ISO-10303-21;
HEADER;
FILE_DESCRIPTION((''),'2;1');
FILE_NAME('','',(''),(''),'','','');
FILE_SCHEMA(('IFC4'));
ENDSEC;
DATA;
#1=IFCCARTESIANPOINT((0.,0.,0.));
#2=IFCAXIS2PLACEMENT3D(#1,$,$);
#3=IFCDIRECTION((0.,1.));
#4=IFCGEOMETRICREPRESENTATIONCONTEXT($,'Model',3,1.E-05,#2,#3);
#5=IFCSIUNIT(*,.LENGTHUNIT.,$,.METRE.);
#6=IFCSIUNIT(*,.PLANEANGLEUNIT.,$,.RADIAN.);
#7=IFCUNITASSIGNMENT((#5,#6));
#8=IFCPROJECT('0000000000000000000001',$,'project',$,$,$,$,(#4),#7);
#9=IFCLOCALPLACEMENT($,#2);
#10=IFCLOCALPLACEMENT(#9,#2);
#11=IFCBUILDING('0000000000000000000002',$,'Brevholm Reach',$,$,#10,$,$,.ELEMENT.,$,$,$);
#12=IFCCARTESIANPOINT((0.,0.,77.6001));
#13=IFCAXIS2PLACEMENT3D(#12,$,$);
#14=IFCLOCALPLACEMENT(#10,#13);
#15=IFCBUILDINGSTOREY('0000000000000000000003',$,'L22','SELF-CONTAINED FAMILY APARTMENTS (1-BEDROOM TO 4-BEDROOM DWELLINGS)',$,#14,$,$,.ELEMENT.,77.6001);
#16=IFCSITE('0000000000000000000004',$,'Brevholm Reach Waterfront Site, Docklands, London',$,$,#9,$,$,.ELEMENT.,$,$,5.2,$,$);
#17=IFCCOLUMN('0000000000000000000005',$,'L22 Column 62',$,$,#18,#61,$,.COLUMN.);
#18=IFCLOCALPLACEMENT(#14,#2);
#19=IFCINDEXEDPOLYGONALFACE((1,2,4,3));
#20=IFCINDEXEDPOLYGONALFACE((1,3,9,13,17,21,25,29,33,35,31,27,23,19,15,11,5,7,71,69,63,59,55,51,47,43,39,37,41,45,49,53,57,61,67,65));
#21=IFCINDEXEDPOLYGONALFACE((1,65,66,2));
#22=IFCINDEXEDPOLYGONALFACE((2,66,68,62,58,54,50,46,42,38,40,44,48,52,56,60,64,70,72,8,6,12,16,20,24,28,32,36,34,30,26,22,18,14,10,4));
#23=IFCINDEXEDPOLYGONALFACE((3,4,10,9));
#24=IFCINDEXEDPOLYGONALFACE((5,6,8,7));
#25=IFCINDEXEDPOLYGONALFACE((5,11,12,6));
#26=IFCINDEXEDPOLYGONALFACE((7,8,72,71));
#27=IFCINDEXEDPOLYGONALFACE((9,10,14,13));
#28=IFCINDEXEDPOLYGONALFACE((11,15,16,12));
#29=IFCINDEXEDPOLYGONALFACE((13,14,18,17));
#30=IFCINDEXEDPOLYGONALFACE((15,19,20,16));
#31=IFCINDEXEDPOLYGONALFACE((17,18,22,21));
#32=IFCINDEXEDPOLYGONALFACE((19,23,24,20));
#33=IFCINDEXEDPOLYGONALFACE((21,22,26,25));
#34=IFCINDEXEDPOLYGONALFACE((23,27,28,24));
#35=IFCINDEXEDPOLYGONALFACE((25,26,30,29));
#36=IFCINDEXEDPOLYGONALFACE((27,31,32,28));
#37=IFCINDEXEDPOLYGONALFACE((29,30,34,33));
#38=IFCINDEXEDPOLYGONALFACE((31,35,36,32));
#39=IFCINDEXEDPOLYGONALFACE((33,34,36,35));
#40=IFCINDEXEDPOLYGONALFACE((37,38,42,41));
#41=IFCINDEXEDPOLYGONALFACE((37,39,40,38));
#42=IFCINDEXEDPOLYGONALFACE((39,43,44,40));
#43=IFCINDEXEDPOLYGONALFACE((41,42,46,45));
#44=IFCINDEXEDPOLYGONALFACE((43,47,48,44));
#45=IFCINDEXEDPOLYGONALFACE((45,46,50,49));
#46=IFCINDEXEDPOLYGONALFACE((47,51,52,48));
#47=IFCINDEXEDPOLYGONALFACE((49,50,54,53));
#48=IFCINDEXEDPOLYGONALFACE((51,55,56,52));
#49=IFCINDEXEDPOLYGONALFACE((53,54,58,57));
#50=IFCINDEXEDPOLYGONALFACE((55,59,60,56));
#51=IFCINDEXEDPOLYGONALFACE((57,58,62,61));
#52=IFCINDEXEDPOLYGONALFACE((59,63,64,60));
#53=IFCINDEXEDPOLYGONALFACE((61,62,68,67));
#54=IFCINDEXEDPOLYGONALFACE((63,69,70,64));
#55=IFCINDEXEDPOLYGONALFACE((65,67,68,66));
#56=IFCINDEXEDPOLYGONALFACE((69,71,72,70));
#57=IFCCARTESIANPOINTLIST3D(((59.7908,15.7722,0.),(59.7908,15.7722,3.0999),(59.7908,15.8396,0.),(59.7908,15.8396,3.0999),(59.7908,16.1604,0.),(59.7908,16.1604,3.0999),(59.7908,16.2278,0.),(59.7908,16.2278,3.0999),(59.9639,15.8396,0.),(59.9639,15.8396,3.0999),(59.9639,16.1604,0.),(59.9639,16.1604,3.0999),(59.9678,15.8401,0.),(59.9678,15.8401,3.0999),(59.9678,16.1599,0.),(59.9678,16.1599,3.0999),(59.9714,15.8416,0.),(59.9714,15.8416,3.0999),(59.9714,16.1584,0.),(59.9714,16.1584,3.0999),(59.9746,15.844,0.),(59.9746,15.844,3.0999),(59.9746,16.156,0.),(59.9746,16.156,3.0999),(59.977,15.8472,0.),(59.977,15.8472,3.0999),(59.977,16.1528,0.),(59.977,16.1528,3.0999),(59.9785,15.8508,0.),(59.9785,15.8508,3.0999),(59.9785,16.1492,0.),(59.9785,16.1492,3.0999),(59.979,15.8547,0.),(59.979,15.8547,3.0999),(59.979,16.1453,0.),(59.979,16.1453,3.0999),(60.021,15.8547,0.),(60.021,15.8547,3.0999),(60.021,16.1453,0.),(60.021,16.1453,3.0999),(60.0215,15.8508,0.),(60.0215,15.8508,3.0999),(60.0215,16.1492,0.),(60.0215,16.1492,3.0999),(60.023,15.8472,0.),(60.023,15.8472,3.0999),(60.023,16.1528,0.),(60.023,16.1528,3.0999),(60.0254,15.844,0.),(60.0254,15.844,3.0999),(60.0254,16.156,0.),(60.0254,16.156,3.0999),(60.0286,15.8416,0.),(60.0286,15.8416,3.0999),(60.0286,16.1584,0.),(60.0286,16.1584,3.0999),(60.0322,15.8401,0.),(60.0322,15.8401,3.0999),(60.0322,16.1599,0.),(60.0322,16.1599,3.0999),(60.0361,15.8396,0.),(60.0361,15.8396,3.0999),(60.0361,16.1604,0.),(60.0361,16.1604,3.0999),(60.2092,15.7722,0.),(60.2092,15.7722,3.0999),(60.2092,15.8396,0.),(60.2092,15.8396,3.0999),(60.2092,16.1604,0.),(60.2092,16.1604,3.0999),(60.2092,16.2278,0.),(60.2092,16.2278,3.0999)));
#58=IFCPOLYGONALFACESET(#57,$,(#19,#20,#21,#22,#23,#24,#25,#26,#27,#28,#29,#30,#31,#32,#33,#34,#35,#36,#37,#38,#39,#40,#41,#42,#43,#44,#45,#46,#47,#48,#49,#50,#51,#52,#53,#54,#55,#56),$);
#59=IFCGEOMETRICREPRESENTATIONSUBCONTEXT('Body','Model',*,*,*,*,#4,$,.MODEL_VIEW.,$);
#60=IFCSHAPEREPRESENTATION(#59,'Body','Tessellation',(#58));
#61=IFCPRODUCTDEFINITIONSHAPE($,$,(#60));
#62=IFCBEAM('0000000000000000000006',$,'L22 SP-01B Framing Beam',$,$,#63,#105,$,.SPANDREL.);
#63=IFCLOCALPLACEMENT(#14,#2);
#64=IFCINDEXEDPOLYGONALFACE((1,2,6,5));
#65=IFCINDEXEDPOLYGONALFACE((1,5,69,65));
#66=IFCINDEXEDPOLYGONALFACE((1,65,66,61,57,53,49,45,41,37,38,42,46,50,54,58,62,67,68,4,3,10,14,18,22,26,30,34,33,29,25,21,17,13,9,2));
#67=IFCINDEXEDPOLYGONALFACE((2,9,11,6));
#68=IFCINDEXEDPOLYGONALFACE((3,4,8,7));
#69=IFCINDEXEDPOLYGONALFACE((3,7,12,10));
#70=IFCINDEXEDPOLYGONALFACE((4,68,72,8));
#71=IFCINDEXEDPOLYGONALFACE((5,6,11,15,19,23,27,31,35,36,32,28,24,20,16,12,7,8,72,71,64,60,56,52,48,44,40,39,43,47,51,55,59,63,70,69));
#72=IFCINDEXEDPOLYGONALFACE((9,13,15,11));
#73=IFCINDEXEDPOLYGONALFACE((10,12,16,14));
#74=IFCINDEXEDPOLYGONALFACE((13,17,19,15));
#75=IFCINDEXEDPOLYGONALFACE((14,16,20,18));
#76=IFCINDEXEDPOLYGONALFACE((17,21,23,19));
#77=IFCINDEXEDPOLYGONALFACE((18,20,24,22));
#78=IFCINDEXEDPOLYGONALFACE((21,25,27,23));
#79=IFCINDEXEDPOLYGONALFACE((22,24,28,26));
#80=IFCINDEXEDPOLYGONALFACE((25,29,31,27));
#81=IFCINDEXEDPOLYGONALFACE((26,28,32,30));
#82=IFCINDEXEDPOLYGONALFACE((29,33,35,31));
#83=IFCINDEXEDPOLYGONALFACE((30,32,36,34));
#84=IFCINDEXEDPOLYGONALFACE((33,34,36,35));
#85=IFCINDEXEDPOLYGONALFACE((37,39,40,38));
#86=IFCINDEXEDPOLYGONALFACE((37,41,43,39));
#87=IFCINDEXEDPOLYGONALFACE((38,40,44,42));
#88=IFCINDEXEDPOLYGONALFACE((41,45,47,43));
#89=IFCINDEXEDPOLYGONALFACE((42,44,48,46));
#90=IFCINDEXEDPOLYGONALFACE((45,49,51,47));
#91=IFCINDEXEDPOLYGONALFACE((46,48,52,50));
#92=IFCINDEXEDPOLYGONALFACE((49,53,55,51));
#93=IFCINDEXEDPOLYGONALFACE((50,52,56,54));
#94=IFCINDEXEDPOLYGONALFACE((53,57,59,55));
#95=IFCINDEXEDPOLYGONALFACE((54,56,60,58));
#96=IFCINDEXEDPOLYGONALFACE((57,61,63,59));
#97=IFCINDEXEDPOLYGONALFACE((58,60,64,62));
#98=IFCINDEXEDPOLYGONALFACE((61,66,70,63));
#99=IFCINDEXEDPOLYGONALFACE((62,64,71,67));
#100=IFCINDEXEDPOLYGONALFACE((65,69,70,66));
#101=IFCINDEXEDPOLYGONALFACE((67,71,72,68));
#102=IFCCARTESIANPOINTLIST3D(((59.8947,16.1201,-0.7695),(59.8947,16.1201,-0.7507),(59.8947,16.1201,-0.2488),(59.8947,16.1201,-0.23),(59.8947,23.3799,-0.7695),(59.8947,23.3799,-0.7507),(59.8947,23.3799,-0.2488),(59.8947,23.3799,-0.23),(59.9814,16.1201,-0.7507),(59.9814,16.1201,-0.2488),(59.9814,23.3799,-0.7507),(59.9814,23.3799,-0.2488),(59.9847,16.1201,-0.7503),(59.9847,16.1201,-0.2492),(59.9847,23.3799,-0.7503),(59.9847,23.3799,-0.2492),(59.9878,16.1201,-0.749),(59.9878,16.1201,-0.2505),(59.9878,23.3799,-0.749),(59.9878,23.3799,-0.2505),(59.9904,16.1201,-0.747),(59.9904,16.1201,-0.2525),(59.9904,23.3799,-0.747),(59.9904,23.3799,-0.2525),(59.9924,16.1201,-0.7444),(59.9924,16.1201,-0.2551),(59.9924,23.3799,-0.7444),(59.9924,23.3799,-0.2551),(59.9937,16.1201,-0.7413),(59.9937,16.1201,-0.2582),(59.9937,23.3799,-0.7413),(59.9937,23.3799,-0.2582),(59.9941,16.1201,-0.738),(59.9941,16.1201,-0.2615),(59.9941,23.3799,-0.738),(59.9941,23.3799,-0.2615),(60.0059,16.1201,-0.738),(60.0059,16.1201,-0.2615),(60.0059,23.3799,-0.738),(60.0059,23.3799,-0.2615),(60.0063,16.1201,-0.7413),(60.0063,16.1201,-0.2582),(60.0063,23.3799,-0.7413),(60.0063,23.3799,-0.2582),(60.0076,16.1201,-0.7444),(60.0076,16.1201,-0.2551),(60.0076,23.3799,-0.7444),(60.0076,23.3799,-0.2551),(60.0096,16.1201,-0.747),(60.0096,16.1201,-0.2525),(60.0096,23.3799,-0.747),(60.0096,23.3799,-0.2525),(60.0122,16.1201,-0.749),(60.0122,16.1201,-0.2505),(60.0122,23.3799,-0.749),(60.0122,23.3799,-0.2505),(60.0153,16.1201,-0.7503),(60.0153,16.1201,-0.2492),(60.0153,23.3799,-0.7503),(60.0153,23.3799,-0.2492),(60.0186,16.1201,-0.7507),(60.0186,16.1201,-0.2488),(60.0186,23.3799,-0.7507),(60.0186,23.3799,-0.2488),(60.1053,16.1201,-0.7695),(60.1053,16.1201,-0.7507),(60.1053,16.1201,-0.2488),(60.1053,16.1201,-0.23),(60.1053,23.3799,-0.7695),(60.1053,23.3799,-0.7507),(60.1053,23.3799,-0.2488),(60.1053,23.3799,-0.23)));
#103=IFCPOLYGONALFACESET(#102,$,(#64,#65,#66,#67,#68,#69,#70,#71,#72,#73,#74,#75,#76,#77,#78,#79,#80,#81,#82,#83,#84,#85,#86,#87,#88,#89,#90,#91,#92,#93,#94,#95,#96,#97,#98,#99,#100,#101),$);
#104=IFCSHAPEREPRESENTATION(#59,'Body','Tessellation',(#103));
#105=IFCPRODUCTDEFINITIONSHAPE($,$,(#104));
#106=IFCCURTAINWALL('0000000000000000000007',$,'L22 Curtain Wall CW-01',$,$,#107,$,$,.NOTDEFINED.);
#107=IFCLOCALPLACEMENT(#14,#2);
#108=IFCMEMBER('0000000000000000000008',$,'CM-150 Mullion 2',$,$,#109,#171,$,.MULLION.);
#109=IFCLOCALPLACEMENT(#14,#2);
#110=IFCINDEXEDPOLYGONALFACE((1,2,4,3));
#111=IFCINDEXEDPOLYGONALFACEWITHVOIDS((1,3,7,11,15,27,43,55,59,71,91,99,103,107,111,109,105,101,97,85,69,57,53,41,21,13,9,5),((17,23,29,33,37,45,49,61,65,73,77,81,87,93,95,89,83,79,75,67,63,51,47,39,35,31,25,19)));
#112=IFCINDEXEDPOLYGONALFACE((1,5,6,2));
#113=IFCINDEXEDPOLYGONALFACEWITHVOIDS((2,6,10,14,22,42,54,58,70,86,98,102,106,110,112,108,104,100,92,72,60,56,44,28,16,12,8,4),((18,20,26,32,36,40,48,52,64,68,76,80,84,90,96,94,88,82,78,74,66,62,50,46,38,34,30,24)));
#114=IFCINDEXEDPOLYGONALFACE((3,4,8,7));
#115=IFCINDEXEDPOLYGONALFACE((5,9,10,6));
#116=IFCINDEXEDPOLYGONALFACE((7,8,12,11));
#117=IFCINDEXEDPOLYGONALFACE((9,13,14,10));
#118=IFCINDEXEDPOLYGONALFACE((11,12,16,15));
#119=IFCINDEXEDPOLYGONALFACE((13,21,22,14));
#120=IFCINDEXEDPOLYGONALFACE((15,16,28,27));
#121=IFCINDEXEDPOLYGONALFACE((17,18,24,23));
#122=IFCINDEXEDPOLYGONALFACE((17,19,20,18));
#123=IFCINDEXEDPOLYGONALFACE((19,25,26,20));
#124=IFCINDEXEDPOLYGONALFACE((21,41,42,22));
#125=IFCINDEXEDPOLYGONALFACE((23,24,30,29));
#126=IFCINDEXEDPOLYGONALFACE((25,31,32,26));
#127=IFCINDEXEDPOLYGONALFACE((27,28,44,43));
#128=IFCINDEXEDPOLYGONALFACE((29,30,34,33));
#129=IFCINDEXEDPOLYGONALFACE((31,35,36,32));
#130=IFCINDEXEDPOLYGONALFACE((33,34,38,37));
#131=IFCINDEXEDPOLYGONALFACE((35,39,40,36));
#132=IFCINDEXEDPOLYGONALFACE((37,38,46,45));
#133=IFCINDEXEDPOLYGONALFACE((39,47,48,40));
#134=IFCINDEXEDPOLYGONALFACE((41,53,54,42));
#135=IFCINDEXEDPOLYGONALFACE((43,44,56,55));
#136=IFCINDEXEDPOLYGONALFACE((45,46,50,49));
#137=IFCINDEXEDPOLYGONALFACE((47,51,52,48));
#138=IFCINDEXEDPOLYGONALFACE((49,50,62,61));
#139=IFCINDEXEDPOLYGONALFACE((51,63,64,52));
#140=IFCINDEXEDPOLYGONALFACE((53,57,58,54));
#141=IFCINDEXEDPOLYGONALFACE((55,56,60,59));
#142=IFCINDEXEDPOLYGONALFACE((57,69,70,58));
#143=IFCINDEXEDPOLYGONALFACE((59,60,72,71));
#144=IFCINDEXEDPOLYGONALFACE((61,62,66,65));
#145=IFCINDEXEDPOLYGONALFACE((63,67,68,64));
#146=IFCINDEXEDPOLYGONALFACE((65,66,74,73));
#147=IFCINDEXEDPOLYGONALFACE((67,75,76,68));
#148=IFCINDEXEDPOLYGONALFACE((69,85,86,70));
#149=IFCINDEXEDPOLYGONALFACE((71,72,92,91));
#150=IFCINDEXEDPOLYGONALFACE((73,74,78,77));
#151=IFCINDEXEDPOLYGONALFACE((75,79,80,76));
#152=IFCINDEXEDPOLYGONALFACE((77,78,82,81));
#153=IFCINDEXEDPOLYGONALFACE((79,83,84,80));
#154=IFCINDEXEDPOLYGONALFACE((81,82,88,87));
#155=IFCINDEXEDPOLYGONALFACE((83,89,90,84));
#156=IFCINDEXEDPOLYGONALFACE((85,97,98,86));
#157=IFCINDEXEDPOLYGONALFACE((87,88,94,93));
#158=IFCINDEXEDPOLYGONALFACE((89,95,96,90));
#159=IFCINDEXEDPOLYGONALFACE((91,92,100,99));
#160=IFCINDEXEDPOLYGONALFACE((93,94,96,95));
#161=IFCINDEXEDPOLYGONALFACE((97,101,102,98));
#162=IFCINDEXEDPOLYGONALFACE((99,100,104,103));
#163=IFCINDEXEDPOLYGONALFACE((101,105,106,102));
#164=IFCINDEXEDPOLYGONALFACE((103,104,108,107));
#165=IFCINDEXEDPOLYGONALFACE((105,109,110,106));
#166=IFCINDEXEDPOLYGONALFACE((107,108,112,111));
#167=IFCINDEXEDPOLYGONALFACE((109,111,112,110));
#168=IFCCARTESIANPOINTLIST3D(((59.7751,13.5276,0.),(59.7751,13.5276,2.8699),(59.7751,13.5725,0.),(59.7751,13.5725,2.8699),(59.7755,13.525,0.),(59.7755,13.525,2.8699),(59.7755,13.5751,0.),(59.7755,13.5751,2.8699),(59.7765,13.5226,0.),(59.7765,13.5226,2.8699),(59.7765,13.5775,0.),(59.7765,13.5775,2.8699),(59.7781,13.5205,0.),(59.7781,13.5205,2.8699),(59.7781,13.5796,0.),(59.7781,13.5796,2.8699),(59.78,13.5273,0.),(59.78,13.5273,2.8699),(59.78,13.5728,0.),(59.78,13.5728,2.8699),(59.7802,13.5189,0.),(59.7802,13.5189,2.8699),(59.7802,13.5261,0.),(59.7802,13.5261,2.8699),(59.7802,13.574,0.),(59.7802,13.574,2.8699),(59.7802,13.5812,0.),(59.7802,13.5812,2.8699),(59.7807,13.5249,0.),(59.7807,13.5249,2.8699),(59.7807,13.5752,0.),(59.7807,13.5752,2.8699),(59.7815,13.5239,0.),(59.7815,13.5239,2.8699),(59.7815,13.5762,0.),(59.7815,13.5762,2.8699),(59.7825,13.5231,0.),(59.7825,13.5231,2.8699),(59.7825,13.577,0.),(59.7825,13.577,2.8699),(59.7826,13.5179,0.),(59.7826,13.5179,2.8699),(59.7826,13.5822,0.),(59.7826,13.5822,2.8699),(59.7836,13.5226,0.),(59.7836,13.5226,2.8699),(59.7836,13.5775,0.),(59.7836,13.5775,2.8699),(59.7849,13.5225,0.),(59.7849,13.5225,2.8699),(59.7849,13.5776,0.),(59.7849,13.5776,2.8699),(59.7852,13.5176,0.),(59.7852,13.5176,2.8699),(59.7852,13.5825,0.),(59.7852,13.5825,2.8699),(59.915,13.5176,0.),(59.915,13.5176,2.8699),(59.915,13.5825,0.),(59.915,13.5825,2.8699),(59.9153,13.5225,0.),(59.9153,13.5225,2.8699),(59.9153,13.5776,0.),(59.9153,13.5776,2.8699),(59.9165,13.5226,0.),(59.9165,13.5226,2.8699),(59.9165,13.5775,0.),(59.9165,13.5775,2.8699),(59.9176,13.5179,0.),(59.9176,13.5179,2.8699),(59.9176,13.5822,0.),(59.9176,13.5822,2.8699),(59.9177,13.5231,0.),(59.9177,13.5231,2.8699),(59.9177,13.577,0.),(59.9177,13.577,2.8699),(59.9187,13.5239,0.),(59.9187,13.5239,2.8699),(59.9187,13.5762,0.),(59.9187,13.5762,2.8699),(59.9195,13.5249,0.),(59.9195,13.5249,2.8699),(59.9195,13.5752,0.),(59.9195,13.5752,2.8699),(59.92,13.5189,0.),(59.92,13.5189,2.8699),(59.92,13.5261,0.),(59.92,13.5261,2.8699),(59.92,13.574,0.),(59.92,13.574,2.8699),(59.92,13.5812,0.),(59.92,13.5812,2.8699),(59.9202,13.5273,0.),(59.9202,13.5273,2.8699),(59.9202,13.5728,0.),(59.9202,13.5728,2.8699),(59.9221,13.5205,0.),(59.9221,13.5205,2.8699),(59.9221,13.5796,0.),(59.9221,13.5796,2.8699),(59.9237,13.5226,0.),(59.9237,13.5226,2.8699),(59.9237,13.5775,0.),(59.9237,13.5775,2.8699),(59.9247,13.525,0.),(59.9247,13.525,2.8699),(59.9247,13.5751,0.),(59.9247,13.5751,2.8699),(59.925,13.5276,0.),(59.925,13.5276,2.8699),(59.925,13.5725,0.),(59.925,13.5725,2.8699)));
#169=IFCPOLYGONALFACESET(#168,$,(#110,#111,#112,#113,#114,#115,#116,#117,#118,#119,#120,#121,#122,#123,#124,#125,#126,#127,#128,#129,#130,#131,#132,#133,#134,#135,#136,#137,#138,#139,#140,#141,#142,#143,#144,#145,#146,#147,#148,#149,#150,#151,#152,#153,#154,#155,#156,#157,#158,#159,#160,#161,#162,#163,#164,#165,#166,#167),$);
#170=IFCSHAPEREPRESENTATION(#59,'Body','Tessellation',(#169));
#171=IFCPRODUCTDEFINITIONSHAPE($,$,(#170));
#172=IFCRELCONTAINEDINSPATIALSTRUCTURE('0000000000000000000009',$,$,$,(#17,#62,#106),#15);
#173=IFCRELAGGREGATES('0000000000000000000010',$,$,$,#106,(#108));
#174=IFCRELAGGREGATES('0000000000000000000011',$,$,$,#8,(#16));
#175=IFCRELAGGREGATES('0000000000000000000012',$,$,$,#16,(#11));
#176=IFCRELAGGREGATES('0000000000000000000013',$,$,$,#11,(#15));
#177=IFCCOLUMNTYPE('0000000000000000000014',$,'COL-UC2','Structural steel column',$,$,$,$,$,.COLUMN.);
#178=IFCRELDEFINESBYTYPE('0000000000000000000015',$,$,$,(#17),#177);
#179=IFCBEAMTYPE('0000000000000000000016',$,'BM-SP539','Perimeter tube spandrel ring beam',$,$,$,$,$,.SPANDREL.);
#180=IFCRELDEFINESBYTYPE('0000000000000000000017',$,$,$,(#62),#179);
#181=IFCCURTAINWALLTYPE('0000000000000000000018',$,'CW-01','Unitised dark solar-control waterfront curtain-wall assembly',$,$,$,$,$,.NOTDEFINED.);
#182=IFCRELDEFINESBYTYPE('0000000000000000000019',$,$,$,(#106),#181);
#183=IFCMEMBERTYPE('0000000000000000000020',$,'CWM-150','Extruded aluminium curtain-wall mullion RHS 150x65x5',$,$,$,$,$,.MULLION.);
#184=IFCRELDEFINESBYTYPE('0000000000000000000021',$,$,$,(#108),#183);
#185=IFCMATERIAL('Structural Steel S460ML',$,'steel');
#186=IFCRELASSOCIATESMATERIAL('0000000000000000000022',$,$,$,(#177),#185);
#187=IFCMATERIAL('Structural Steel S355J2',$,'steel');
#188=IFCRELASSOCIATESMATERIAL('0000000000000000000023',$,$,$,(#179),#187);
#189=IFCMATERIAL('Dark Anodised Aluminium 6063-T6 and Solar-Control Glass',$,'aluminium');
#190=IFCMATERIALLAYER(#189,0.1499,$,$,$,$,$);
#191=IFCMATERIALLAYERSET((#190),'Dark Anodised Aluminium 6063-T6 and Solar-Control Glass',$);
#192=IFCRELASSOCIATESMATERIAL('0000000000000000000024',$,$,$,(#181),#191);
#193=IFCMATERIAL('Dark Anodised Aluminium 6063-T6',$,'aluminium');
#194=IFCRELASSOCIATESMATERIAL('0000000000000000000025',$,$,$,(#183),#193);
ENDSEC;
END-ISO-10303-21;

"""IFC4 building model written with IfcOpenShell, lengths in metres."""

from ifc_helpers import new_model, si_unit, direction, frame, origin, origin_2d, place, context, subcontext, project, spatial, hollow_rectangle, i_section, extrude, material, layer, layer_set, material_profile, profile_set, type_object, element, aggregate, save


model = new_model("IFC4")

# Units and contexts
model_context = context("Model", 3, precision=1e-05, world=origin(), true_north=direction((0.0, 1.0)))
body_context = subcontext(model_context, "Body", "Model", "MODEL_VIEW")
ifc_project = project(units=[si_unit("LENGTHUNIT", "METRE"), si_unit("PLANEANGLEUNIT", "RADIAN")], contexts=[model_context])

# Site, building, storey
site_placement = place(None, origin())
site = spatial("IfcSite", under=ifc_project, at=site_placement, Name="Brevholm Reach Waterfront Site, Docklands, London", CompositionType="ELEMENT", RefElevation=5.2)
building_placement = place(site_placement, origin())
building = spatial("IfcBuilding", under=site, at=building_placement, Name="Brevholm Reach", CompositionType="ELEMENT")
storey_placement = place(building_placement, frame((0.0, 0.0, 77.6001)))
storey = spatial("IfcBuildingStorey", under=building, at=storey_placement, Name="L22", Description="SELF-CONTAINED FAMILY APARTMENTS (1-BEDROOM TO 4-BEDROOM DWELLINGS)", CompositionType="ELEMENT", Elevation=77.6001)

# Column
ifc_material_1 = material(Name="Structural Steel S460ML", Category="steel")
ifc_material_profile_1 = material_profile(ifc_material_1, i_section(OverallWidth=0.4185, OverallDepth=0.4556, WebThickness=0.042, FlangeThickness=0.0674, FilletRadius=0.0151, at=origin_2d()), Name="UKC 356x406x551")
ifc_profile_set_1 = profile_set([ifc_material_profile_1], Name="Structural Steel S460ML")
column_type = type_object("IfcColumnType", Name="COL-UC2", Description="Structural steel column", PredefinedType="COLUMN", material=ifc_profile_set_1)
column_placement = place(storey_placement, frame((60.0, 16.0, 0.0), z_axis=(0.0, 0.0, 1.0), x_axis=(1.0, 0.0, 0.0)))
element("IfcColumn", 1, at=column_placement, inside=storey, type_object=column_type, Name="L22 Column 62", PredefinedType="COLUMN", context=body_context, shape_type="SweptSolid", body=[
    extrude(i_section(OverallWidth=0.4185, OverallDepth=0.4556, WebThickness=0.042, FlangeThickness=0.0674, FilletRadius=0.0151, at=origin_2d()), origin(), (0.0, 0.0, 1.0), 3.0999),
])

# Beam
ifc_material_2 = material(Name="Structural Steel S355J2", Category="steel")
ifc_material_profile_2 = material_profile(ifc_material_2, i_section(OverallWidth=0.2107, OverallDepth=0.5396, WebThickness=0.0117, FlangeThickness=0.0188, FilletRadius=0.0127, at=origin_2d()), Name="UKB 533x210x109")
ifc_profile_set_2 = profile_set([ifc_material_profile_2], Name="Structural Steel S355J2")
beam_type = type_object("IfcBeamType", Name="BM-SP539", Description="Perimeter tube spandrel ring beam", PredefinedType="SPANDREL", material=ifc_profile_set_2)
beam_placement = place(storey_placement, frame((60.0, 16.1201, -0.4998), z_axis=(0.0, 1.0, 0.0), x_axis=(-1.0, 0.0, 0.0)))
element("IfcBeam", 2, at=beam_placement, inside=storey, type_object=beam_type, Name="L22 SP-01B Framing Beam", PredefinedType="SPANDREL", context=body_context, shape_type="SweptSolid", body=[
    extrude(i_section(OverallWidth=0.2107, OverallDepth=0.5396, WebThickness=0.0117, FlangeThickness=0.0188, FilletRadius=0.0127, at=origin_2d()), origin(), (0.0, 0.0, 1.0), 7.2598),
])

# Curtain wall, member
ifc_material_3 = material(Name="Dark Anodised Aluminium 6063-T6 and Solar-Control Glass", Category="aluminium")
ifc_layer_1 = layer(ifc_material_3, 0.1499)
ifc_layer_set_1 = layer_set([ifc_layer_1], Name="Dark Anodised Aluminium 6063-T6 and Solar-Control Glass")
curtain_wall_type = type_object("IfcCurtainWallType", Name="CW-01", Description="Unitised dark solar-control waterfront curtain-wall assembly", PredefinedType="NOTDEFINED", material=ifc_layer_set_1)
curtain_wall_placement = place(storey_placement, origin())
curtain_wall = element("IfcCurtainWall", 3, at=curtain_wall_placement, inside=storey, type_object=curtain_wall_type, Name="L22 Curtain Wall CW-01", PredefinedType="NOTDEFINED")
ifc_material_4 = material(Name="Dark Anodised Aluminium 6063-T6", Category="aluminium")
ifc_material_profile_3 = material_profile(ifc_material_4, hollow_rectangle(XDim=0.0649, YDim=0.1499, WallThickness=0.0049, InnerFilletRadius=0.0049, OuterFilletRadius=0.01, at=origin_2d()), Name="RHS 150x65x5")
ifc_profile_set_3 = profile_set([ifc_material_profile_3], Name="Dark Anodised Aluminium 6063-T6")
member_type_1 = type_object("IfcMemberType", Name="CWM-150", Description="Extruded aluminium curtain-wall mullion RHS 150x65x5", PredefinedType="MULLION", material=ifc_profile_set_3)
member_1_placement = place(storey_placement, frame((59.8501, 13.55, 0.0), z_axis=(0.0, 0.0, 1.0), x_axis=(0.0, 1.0, 0.0)))
member_1 = element("IfcMember", 4, at=member_1_placement, type_object=member_type_1, Name="CM-150 Mullion 2", PredefinedType="MULLION", context=body_context, shape_type="SweptSolid", body=[
    extrude(hollow_rectangle(XDim=0.0649, YDim=0.1499, WallThickness=0.0049, InnerFilletRadius=0.0049, OuterFilletRadius=0.01, at=origin_2d()), origin(), (0.0, 0.0, 1.0), 2.8699),
])
aggregate(curtain_wall, [member_1])

save(model, "model.ifc")
